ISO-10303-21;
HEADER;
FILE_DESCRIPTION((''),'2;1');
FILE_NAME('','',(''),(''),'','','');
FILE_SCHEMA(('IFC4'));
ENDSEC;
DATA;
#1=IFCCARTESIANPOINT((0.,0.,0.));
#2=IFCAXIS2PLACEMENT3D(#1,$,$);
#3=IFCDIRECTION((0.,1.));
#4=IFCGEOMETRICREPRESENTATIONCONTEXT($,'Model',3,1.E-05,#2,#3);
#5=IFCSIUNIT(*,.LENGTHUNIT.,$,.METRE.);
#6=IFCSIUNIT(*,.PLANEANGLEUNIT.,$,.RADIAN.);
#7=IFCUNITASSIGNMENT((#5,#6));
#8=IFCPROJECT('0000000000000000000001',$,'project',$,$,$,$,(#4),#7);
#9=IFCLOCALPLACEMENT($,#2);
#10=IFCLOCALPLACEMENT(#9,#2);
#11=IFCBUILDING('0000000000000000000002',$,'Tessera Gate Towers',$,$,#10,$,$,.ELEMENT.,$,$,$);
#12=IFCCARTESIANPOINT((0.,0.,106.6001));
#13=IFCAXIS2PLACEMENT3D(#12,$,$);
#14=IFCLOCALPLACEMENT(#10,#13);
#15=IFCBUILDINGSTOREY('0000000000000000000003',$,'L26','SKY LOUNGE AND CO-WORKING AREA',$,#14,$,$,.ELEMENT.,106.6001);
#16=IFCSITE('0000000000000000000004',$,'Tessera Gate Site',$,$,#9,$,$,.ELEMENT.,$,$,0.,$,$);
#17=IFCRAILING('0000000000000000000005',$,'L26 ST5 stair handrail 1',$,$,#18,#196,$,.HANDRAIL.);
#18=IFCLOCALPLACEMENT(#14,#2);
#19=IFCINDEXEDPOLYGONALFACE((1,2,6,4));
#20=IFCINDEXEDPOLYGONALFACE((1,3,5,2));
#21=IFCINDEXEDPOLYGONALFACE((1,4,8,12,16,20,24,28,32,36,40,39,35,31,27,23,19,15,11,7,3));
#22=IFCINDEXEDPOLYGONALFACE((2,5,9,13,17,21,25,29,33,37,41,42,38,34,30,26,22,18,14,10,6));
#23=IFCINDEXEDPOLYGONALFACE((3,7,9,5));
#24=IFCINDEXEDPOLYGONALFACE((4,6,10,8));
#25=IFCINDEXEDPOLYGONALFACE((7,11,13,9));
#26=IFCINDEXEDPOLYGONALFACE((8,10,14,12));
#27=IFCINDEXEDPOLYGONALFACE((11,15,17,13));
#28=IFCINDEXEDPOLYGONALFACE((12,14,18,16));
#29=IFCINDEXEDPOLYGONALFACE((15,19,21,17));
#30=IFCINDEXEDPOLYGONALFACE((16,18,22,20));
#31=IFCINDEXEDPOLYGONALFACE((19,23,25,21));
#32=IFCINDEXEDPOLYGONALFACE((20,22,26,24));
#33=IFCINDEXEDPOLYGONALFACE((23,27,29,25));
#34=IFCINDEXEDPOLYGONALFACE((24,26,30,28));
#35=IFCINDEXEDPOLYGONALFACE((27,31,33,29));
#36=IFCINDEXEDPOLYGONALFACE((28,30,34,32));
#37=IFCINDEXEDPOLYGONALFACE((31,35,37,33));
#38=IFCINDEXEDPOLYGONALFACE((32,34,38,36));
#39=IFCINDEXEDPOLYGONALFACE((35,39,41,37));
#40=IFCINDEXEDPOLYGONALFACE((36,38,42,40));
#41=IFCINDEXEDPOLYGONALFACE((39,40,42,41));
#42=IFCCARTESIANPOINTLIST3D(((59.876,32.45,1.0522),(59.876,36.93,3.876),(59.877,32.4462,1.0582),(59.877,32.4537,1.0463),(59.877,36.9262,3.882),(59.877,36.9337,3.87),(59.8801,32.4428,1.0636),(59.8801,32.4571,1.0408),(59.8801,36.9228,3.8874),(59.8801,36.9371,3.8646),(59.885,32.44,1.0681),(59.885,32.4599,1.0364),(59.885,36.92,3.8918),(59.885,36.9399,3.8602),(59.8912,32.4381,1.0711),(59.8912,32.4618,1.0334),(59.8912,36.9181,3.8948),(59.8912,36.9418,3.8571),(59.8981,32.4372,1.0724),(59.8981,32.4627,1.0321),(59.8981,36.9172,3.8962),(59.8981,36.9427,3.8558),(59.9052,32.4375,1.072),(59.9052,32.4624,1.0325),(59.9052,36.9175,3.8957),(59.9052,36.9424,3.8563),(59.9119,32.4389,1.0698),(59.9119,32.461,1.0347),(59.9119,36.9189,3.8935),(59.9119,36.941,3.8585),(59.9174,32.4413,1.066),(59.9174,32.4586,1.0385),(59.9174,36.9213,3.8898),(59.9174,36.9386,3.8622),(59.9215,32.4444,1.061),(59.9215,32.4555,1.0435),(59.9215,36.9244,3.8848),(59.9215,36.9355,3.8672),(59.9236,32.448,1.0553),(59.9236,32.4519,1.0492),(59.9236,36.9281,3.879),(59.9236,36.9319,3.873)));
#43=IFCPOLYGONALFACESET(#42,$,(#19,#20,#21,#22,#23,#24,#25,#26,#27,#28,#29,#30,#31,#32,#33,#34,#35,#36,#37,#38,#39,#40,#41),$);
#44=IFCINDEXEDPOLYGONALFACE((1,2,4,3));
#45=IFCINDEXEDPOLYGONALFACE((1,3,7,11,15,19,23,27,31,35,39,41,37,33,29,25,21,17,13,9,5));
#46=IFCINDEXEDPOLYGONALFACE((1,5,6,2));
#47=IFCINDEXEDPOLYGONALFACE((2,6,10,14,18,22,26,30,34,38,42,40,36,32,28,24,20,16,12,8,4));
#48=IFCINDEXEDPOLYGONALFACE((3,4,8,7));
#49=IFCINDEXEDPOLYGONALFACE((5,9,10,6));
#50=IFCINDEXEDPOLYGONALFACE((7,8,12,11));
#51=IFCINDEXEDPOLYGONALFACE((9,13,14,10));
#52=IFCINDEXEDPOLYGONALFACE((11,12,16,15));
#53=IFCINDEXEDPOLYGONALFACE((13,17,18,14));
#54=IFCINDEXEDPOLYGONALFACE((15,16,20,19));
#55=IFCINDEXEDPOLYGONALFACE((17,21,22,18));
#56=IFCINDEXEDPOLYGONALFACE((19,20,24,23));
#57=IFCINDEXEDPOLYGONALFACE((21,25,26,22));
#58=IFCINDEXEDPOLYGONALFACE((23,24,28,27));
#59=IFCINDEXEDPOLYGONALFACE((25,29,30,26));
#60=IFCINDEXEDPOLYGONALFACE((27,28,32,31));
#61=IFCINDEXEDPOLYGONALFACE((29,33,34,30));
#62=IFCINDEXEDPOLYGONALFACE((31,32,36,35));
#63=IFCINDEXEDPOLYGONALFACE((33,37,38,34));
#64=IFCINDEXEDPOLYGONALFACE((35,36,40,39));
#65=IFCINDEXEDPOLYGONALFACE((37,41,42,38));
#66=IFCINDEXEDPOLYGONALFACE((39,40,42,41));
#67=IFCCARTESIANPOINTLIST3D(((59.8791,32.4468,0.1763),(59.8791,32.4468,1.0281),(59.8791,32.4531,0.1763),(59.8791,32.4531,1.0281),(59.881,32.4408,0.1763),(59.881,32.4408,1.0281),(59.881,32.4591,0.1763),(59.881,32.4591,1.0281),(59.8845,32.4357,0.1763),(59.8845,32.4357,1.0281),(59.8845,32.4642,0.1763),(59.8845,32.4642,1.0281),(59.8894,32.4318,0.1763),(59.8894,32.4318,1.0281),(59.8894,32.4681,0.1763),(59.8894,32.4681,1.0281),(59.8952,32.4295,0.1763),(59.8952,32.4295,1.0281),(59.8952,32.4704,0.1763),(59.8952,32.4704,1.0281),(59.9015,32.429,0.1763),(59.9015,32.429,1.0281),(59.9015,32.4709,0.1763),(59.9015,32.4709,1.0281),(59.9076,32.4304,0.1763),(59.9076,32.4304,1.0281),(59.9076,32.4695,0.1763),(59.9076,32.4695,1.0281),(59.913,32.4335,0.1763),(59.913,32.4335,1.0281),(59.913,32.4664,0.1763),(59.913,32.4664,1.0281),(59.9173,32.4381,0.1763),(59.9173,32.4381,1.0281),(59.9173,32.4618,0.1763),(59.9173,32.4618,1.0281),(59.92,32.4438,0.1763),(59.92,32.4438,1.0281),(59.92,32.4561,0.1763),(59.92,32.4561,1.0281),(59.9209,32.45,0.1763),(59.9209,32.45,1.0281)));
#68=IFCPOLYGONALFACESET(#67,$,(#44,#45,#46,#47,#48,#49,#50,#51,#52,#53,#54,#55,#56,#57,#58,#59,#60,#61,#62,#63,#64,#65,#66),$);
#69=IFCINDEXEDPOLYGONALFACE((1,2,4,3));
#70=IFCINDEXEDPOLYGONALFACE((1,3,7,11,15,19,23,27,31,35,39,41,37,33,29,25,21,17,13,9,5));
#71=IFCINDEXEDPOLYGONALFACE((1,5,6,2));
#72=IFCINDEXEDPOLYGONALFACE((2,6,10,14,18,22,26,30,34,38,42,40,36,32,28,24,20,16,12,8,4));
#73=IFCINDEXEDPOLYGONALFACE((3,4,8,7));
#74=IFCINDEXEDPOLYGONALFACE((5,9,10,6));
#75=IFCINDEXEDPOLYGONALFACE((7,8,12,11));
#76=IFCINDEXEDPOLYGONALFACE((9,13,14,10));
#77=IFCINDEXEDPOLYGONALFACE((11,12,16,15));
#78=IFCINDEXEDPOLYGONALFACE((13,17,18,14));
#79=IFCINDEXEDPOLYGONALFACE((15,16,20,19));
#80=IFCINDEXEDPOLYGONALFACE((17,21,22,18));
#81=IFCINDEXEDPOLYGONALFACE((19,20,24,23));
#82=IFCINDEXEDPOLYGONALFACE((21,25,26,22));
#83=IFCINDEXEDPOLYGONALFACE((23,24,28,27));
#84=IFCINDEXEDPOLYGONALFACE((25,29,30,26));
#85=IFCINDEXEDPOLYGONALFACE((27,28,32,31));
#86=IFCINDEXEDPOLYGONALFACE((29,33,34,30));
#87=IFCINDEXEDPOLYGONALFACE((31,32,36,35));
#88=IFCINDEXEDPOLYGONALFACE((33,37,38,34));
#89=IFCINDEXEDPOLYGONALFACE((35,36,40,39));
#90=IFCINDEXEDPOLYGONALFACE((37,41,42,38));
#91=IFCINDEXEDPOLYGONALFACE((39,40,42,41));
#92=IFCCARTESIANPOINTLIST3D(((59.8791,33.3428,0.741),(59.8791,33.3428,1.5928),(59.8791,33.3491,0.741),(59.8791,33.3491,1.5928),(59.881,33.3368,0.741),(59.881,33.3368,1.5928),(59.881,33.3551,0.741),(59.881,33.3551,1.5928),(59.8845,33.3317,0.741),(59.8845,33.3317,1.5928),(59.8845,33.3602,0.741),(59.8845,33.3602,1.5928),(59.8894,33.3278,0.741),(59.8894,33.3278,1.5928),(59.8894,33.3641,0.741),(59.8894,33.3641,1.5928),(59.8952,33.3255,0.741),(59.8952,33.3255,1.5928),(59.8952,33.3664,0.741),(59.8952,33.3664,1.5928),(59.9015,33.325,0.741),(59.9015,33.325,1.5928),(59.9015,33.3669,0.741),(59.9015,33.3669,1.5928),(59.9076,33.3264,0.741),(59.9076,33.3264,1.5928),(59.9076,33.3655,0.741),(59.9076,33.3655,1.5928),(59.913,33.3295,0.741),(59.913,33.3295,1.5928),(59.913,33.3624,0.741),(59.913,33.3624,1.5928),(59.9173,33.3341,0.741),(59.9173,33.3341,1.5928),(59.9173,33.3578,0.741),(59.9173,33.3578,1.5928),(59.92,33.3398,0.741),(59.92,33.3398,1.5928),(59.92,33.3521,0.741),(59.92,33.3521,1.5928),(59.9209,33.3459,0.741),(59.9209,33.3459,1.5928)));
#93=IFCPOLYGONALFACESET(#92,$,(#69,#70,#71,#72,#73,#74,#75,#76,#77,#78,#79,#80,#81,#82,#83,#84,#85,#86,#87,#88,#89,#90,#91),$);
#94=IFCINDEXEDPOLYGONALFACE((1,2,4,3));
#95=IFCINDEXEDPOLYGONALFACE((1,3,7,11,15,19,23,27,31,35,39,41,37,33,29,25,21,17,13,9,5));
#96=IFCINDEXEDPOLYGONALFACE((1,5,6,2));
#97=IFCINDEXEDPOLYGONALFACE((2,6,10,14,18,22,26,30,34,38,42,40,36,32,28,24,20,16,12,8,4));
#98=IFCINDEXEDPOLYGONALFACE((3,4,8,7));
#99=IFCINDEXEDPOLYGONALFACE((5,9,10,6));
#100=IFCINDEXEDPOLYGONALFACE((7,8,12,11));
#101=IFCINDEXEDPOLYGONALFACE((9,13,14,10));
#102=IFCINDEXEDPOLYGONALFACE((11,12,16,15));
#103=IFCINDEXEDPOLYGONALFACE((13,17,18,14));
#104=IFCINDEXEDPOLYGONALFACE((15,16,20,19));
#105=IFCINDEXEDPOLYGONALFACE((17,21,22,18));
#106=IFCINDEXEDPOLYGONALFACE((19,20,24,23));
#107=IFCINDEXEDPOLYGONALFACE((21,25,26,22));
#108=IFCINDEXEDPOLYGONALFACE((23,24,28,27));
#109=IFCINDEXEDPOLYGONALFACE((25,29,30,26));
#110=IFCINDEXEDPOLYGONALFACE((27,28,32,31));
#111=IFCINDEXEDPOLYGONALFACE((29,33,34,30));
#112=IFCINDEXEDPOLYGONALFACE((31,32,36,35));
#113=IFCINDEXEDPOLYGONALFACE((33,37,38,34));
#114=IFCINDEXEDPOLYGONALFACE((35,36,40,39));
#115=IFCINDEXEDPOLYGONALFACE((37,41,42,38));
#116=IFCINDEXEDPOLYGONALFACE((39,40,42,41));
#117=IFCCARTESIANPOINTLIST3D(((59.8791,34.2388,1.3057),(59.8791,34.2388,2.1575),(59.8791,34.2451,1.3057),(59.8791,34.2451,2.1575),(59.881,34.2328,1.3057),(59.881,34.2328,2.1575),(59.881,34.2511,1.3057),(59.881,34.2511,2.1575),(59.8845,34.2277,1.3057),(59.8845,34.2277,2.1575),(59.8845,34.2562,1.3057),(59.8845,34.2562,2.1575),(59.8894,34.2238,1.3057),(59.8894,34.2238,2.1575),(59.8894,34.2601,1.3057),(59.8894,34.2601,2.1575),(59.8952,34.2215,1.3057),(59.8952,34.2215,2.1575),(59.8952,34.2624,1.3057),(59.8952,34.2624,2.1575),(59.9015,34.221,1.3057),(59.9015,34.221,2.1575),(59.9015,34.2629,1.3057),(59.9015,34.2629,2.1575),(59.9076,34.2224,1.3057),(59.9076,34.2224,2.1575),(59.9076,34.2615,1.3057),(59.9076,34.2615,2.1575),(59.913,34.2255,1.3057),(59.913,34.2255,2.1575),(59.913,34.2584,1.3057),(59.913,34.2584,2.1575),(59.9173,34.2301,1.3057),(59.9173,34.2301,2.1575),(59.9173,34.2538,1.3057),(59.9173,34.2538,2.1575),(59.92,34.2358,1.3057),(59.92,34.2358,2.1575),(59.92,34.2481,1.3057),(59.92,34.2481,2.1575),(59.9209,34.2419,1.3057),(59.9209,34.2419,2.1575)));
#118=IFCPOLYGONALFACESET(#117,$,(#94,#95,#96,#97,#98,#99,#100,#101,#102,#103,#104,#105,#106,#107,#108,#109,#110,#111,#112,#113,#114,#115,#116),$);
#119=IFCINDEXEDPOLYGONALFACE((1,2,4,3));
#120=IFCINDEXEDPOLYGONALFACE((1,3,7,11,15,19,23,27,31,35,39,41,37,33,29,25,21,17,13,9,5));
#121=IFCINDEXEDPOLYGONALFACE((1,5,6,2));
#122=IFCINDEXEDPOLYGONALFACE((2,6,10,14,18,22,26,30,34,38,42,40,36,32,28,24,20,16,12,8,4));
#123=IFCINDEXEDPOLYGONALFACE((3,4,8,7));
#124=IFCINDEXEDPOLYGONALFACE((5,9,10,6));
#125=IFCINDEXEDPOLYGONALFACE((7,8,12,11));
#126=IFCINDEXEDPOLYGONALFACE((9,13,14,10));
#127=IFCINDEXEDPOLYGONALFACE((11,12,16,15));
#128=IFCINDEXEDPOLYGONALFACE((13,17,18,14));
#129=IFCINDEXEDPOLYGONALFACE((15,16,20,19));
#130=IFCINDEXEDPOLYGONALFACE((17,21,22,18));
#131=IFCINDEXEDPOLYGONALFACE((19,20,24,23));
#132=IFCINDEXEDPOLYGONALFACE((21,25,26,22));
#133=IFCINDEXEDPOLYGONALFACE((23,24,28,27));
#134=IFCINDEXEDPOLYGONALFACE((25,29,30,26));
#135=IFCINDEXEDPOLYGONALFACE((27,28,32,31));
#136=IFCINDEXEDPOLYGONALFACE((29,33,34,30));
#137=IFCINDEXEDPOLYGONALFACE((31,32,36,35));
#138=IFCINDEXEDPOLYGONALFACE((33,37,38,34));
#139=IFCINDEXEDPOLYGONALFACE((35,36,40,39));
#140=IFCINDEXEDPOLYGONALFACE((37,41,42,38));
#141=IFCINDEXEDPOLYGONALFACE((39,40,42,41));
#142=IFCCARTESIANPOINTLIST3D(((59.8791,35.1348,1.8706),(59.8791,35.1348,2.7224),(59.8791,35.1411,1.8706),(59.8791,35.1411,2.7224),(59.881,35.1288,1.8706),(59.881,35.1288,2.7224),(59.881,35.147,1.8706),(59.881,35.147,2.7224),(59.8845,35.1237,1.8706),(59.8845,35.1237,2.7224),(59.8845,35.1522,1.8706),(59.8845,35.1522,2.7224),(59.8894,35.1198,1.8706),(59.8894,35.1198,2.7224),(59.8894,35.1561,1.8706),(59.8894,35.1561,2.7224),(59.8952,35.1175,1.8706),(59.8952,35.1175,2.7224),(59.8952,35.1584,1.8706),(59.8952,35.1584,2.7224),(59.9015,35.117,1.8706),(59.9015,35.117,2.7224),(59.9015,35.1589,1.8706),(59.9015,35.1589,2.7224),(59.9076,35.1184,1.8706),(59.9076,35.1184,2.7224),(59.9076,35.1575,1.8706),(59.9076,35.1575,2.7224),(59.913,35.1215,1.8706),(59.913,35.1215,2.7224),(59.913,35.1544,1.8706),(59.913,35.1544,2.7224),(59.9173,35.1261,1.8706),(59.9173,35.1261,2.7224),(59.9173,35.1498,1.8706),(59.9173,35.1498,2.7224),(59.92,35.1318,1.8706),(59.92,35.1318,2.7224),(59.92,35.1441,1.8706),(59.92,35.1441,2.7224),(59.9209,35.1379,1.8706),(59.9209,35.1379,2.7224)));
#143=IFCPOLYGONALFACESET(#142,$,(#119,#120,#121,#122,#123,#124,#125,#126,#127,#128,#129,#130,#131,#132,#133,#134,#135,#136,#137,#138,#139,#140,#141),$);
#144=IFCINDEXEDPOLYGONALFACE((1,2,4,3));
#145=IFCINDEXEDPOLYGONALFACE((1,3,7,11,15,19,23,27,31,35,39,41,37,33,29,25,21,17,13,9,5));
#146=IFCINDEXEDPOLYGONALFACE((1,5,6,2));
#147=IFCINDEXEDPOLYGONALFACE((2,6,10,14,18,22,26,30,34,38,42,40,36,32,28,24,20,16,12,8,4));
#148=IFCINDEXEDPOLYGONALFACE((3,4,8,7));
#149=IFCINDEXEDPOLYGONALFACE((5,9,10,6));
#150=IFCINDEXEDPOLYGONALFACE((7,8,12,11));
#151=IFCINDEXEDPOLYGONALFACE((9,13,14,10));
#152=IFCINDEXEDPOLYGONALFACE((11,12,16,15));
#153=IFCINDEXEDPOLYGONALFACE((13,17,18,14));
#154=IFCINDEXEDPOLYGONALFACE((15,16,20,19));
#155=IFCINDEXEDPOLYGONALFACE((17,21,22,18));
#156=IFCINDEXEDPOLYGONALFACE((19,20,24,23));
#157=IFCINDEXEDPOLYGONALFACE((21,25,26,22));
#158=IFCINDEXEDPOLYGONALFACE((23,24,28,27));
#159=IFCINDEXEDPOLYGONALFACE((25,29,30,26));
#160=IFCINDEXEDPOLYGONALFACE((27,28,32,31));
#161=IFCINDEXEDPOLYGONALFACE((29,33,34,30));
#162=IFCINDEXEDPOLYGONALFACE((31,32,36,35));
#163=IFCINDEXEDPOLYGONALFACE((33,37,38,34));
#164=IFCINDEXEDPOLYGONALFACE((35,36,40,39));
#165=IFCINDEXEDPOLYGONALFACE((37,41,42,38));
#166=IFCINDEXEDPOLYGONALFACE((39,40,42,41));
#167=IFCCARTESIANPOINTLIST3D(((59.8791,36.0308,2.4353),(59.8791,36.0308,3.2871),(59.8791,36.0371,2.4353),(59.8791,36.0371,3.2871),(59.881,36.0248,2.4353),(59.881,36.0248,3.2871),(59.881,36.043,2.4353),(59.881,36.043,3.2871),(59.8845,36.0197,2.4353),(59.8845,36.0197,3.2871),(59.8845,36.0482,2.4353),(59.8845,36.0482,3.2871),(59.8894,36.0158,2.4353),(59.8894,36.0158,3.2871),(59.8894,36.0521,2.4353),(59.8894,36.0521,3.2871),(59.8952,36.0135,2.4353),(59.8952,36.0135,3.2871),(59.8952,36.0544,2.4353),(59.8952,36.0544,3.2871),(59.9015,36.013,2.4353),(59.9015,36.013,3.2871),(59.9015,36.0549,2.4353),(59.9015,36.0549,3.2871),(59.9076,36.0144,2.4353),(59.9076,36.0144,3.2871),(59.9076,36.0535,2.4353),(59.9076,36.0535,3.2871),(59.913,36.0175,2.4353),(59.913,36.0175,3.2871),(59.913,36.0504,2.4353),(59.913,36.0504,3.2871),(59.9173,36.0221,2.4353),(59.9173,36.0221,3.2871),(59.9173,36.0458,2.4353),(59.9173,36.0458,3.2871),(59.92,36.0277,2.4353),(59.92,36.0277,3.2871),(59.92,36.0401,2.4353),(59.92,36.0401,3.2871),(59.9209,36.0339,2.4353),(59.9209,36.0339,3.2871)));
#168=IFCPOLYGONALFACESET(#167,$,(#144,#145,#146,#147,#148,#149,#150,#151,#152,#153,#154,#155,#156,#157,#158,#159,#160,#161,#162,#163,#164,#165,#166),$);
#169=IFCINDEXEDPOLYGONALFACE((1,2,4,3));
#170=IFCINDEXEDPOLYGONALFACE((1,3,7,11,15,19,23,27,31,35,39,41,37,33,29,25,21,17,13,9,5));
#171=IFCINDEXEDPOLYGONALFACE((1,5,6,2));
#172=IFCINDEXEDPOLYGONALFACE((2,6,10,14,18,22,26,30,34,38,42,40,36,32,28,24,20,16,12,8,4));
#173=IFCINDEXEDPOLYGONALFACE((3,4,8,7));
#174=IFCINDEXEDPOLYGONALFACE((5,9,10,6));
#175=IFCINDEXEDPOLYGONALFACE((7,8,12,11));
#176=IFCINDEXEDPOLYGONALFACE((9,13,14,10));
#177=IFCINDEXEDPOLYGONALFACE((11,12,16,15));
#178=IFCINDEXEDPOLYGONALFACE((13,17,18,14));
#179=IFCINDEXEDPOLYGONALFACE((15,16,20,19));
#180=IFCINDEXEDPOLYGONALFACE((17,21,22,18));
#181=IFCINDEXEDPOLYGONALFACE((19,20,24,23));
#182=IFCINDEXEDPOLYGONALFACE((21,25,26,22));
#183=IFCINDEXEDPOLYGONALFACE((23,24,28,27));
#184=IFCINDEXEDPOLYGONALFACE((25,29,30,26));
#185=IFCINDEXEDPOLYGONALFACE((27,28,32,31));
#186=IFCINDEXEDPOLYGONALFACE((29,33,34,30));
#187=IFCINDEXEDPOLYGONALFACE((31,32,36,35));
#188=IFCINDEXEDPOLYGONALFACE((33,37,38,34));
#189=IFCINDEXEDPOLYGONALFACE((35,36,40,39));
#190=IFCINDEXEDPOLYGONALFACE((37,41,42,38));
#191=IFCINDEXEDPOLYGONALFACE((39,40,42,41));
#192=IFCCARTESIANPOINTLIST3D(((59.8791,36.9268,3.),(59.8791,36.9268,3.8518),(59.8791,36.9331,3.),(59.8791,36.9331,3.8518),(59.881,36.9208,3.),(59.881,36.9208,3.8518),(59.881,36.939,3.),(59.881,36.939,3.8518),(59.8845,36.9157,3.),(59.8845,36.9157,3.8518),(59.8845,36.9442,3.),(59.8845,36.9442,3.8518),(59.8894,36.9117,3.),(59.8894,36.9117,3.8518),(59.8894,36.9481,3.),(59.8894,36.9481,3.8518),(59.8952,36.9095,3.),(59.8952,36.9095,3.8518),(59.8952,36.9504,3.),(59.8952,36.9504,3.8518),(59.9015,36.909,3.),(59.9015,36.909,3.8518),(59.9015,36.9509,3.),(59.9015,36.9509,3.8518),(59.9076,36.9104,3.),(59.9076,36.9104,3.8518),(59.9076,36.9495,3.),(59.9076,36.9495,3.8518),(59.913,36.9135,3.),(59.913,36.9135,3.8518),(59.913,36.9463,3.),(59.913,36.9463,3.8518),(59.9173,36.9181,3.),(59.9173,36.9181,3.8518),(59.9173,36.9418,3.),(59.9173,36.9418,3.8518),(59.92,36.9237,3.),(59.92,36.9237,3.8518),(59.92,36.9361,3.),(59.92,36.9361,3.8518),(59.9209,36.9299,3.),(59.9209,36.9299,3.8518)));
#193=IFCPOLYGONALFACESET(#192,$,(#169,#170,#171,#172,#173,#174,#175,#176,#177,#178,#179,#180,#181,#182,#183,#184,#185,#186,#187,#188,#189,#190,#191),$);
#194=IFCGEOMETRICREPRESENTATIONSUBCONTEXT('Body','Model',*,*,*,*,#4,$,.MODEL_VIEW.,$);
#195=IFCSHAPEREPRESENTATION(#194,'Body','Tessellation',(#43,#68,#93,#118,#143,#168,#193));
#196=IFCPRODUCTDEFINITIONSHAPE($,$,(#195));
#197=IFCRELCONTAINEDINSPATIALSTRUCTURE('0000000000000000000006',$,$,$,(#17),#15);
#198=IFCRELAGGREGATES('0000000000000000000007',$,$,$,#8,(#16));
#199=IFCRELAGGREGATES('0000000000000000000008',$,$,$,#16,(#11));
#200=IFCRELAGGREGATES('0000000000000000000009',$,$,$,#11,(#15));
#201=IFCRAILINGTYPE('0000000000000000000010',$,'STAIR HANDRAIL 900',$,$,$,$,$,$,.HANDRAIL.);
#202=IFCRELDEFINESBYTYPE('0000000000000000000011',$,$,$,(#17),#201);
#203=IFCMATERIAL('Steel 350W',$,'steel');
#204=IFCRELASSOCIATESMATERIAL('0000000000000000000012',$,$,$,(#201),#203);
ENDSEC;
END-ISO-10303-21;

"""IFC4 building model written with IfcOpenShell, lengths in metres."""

from ifc_helpers import new_model, si_unit, direction, frame, origin, origin_2d, place, context, subcontext, project, spatial, circle, extrude, material, type_object, element, save


model = new_model("IFC4")

# Units and contexts
model_context = context("Model", 3, precision=1e-05, world=origin(), true_north=direction((0.0, 1.0)))
body_context = subcontext(model_context, "Body", "Model", "MODEL_VIEW")
ifc_project = project(units=[si_unit("LENGTHUNIT", "METRE"), si_unit("PLANEANGLEUNIT", "RADIAN")], contexts=[model_context])

# Site, building, storey
site_placement = place(None, origin())
site = spatial("IfcSite", under=ifc_project, at=site_placement, Name="Tessera Gate Site", CompositionType="ELEMENT", RefElevation=0.0)
building_placement = place(site_placement, origin())
building = spatial("IfcBuilding", under=site, at=building_placement, Name="Tessera Gate Towers", CompositionType="ELEMENT")
storey_placement = place(building_placement, frame((0.0, 0.0, 106.6001)))
storey = spatial("IfcBuildingStorey", under=building, at=storey_placement, Name="L26", Description="SKY LOUNGE AND CO-WORKING AREA", CompositionType="ELEMENT", Elevation=106.6001)

# Railing
ifc_material_1 = material(Name="Steel 350W", Category="steel")
railing_type_1 = type_object("IfcRailingType", Name="STAIR HANDRAIL 900", PredefinedType="HANDRAIL", material=ifc_material_1)
for number, where, name in (
    (1, (59.8999, 32.45, 0.1763), "L26 ST5 stair handrail 1"),
):
    element("IfcRailing", number, at=place(storey_placement, frame(where)), inside=storey, type_object=railing_type_1, Name=name, PredefinedType="HANDRAIL", context=body_context, shape_type="SweptSolid", body=[
        extrude(circle(Radius=0.0239, at=origin_2d()), frame((0.0, 0.0, 0.876), z_axis=(0.0, 0.845977, 0.533219), x_axis=(-1.0, 0.0, 0.0)), (0.0, 0.0, 1.0), 5.2957),
        extrude(circle(Radius=0.021, at=origin_2d()), origin(), (0.0, 0.0, 1.0), 0.8518),
        extrude(circle(Radius=0.021, at=origin_2d()), frame((0.0, 0.896, 0.5647)), (0.0, 0.0, 1.0), 0.8518),
        extrude(circle(Radius=0.021, at=origin_2d()), frame((0.0, 1.792, 1.1294)), (0.0, 0.0, 1.0), 0.8518),
        extrude(circle(Radius=0.021, at=origin_2d()), frame((0.0, 2.688, 1.6943)), (0.0, 0.0, 1.0), 0.8518),
        extrude(circle(Radius=0.021, at=origin_2d()), frame((0.0, 3.584, 2.259)), (0.0, 0.0, 1.0), 0.8518),
        extrude(circle(Radius=0.021, at=origin_2d()), frame((0.0, 4.48, 2.8237)), (0.0, 0.0, 1.0), 0.8518),
    ])

save(model, "model.ifc")
